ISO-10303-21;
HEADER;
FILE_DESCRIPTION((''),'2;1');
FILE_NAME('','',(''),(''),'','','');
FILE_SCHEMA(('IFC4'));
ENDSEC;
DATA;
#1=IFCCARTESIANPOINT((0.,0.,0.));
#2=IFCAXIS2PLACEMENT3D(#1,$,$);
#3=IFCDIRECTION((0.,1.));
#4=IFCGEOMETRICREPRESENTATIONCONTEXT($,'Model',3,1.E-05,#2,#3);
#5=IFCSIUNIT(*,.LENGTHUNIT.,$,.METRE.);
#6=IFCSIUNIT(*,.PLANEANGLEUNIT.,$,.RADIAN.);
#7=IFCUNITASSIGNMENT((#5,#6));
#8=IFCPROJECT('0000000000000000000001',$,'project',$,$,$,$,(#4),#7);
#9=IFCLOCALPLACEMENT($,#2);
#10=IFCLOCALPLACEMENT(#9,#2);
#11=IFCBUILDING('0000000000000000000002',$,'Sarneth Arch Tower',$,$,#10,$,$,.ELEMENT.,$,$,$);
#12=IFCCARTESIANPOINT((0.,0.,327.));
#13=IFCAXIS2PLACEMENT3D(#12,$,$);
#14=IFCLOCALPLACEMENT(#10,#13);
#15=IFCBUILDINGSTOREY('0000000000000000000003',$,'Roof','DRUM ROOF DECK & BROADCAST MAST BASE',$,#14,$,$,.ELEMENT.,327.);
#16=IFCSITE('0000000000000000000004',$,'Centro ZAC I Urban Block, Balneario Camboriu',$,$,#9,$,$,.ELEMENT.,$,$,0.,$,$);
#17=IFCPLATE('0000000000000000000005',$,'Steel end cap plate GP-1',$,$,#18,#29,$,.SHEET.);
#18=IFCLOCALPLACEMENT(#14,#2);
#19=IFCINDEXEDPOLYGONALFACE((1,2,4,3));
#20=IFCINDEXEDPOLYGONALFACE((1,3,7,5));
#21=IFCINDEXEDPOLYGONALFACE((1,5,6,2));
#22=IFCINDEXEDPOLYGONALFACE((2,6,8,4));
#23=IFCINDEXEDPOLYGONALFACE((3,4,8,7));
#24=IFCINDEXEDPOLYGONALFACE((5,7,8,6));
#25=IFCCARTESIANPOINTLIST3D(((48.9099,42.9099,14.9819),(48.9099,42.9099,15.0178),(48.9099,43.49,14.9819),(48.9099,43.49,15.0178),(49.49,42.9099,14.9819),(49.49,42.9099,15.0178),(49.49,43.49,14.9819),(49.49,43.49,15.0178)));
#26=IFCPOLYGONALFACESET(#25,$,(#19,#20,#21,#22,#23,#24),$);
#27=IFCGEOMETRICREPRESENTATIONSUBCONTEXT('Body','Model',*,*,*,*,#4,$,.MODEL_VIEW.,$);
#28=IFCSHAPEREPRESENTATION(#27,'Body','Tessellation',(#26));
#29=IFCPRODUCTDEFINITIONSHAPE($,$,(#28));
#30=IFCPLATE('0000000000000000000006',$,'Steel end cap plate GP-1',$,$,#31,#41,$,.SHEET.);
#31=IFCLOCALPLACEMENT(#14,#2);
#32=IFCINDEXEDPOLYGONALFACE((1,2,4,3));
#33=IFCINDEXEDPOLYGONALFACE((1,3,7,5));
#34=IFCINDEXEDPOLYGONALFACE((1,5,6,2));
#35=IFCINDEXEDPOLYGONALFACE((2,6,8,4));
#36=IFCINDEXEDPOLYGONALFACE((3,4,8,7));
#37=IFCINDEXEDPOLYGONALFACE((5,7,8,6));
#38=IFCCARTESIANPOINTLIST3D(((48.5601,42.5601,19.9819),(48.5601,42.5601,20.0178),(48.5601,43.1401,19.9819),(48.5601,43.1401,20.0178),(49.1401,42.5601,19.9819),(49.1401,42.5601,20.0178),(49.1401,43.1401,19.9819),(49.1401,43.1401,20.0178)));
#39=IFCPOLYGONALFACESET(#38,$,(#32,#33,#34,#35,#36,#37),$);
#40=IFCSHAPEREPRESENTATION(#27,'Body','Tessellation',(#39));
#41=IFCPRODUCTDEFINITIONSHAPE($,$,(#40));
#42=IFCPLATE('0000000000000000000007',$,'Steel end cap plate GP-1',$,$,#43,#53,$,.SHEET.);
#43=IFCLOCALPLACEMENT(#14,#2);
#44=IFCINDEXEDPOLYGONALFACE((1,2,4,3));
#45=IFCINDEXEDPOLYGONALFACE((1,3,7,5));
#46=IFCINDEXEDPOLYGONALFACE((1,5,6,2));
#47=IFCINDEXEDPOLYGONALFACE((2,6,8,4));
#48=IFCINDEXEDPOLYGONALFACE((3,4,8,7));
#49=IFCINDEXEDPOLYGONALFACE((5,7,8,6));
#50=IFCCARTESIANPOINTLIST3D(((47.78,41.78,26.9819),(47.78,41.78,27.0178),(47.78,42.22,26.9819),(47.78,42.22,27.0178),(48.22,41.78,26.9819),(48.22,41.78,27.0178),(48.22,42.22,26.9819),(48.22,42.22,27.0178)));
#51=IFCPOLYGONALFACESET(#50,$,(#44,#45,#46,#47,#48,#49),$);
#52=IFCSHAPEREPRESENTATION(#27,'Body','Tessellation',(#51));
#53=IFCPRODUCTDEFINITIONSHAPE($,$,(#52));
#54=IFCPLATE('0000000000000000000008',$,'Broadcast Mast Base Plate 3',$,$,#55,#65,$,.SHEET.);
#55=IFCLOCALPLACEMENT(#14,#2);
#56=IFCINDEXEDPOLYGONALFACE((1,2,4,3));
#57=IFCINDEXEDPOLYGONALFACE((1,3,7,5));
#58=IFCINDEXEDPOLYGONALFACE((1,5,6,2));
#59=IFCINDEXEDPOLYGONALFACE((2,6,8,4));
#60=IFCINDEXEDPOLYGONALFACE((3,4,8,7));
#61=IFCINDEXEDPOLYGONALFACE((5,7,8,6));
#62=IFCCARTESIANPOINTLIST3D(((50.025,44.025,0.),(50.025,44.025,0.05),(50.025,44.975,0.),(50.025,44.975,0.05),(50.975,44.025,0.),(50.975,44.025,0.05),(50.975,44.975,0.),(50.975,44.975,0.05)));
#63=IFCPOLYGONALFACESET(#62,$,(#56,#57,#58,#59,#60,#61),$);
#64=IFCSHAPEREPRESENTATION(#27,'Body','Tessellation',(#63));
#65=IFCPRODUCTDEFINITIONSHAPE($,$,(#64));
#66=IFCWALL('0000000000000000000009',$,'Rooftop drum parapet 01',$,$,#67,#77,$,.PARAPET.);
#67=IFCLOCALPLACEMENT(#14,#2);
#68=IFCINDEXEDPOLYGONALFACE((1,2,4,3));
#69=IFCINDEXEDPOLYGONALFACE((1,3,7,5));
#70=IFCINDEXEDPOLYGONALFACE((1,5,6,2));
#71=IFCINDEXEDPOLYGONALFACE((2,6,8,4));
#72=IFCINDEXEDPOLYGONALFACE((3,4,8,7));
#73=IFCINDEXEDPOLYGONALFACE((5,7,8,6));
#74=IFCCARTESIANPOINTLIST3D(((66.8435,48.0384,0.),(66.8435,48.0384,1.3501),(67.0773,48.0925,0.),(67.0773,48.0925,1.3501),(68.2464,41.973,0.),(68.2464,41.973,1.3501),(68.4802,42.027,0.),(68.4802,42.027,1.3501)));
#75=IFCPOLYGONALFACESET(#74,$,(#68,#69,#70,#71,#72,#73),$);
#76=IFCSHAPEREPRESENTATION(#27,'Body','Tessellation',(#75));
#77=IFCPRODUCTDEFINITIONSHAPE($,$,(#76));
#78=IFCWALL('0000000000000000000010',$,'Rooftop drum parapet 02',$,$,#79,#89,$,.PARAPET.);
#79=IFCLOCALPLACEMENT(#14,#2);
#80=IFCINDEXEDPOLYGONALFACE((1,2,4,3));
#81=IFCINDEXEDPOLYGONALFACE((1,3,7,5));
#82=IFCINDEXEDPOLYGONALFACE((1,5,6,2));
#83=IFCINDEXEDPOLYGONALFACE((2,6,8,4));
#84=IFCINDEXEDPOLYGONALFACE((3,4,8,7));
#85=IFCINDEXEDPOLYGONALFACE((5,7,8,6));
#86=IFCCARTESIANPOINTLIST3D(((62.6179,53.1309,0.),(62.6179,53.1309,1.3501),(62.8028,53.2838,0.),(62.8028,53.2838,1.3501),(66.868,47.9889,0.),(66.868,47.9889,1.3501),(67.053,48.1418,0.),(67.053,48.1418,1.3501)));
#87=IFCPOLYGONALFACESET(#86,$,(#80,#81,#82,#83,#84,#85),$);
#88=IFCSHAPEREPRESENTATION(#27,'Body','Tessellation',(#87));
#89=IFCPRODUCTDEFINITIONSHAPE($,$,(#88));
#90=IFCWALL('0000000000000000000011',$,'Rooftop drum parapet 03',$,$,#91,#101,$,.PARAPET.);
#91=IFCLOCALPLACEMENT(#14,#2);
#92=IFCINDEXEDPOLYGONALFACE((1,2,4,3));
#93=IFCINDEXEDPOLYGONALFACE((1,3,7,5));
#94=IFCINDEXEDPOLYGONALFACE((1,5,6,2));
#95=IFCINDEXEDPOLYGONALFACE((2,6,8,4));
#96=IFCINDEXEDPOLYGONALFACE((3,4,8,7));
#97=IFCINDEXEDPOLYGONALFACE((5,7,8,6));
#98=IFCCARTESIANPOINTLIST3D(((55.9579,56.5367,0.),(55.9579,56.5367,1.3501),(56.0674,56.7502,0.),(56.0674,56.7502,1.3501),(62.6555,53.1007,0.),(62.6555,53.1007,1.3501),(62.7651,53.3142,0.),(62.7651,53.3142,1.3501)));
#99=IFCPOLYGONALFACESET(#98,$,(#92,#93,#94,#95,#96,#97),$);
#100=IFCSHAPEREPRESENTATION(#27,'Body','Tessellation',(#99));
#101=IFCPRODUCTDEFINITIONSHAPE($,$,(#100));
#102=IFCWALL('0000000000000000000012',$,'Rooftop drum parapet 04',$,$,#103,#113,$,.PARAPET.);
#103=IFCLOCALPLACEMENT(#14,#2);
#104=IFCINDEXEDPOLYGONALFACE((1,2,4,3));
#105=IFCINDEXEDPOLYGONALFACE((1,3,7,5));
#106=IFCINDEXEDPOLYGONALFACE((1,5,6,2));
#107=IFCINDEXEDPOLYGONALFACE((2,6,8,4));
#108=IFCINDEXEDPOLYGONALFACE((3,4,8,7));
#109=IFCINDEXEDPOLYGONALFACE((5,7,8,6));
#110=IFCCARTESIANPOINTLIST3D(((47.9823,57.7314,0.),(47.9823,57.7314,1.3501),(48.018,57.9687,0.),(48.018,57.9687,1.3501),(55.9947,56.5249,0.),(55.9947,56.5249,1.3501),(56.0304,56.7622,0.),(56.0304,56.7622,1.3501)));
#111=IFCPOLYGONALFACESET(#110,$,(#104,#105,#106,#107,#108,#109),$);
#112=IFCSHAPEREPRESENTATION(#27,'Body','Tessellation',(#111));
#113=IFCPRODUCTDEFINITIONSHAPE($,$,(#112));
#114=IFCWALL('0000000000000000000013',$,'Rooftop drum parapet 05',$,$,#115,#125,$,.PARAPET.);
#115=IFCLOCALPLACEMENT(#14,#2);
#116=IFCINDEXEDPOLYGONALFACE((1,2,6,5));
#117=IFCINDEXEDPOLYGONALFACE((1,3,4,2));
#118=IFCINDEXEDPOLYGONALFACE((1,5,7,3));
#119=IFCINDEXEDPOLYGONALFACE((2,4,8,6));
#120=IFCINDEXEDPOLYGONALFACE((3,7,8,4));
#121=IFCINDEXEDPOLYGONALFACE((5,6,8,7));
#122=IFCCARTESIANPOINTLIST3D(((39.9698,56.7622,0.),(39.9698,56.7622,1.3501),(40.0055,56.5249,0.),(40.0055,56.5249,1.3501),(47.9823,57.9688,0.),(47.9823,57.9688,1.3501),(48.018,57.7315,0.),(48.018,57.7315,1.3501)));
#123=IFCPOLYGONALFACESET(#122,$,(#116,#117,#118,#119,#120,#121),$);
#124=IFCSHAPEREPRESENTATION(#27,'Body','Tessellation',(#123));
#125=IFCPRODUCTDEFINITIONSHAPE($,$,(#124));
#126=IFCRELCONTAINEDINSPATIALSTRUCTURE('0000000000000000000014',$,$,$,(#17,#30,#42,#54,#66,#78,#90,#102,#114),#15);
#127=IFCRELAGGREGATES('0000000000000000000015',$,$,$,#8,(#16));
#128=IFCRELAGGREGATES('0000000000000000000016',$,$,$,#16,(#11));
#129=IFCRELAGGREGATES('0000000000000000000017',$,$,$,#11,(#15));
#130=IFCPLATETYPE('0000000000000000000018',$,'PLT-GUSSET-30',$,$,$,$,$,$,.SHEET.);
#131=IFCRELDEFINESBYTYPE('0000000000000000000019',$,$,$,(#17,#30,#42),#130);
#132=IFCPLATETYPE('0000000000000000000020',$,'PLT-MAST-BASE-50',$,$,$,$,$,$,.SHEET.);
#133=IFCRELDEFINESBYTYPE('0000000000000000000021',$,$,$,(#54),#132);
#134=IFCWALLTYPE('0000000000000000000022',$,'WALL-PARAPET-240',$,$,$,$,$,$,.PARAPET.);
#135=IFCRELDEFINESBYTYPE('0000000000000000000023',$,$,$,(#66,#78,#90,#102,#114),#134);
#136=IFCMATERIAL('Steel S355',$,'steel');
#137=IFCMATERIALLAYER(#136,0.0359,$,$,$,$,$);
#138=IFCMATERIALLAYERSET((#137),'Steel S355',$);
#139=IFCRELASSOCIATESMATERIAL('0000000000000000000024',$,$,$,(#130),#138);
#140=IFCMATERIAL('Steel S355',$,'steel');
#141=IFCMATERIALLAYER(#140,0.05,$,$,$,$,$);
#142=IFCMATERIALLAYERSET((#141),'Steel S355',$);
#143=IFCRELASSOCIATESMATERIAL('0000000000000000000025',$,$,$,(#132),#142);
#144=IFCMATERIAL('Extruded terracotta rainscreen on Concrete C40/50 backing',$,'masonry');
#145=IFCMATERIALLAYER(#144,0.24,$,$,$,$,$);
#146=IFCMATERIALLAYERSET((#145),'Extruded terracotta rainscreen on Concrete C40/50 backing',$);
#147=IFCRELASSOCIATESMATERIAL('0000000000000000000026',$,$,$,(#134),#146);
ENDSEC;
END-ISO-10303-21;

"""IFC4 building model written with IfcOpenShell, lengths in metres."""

from ifc_helpers import new_model, si_unit, direction, frame, frame_2d, origin, origin_2d, place, context, subcontext, project, spatial, rectangle, extrude, material, layer, layer_set, type_object, element, save


model = new_model("IFC4")

# Units and contexts
model_context = context("Model", 3, precision=1e-05, world=origin(), true_north=direction((0.0, 1.0)))
body_context = subcontext(model_context, "Body", "Model", "MODEL_VIEW")
ifc_project = project(units=[si_unit("LENGTHUNIT", "METRE"), si_unit("PLANEANGLEUNIT", "RADIAN")], contexts=[model_context])

# Site, building, storey
site_placement = place(None, origin())
site = spatial("IfcSite", under=ifc_project, at=site_placement, Name="Centro ZAC I Urban Block, Balneario Camboriu", CompositionType="ELEMENT", RefElevation=0.0)
building_placement = place(site_placement, origin())
building = spatial("IfcBuilding", under=site, at=building_placement, Name="Sarneth Arch Tower", CompositionType="ELEMENT")
storey_placement = place(building_placement, frame((0.0, 0.0, 327.0)))
storey = spatial("IfcBuildingStorey", under=building, at=storey_placement, Name="Roof", Description="DRUM ROOF DECK & BROADCAST MAST BASE", CompositionType="ELEMENT", Elevation=327.0)

# Plates
ifc_material_1 = material(Name="Steel S355", Category="steel")
ifc_layer_1 = layer(ifc_material_1, 0.0359)
ifc_layer_set_1 = layer_set([ifc_layer_1], Name="Steel S355")
plate_type_1 = type_object("IfcPlateType", Name="PLT-GUSSET-30", PredefinedType="SHEET", material=ifc_layer_set_1)
for number, where, z_axis, x_axis, name in (
    (1, (49.2, 43.2, 14.9819), (0.0, 0.0, 1.0), (1.0, 0.0, 0.0), "Steel end cap plate GP-1"),
    (2, (48.8501, 42.8501, 19.9819), (0.0, 0.0, 1.0), (1.0, 0.0, 0.0), "Steel end cap plate GP-1"),
):
    element("IfcPlate", number, at=place(storey_placement, frame(where, z_axis=z_axis, x_axis=x_axis)), inside=storey, type_object=plate_type_1, Name=name, PredefinedType="SHEET", context=body_context, shape_type="SweptSolid", body=[
        extrude(rectangle(XDim=0.5801, YDim=0.5801, at=origin_2d()), origin(), (0.0, 0.0, 1.0), 0.0359),
    ])
plate_1_placement = place(storey_placement, frame((48.0, 42.0, 26.9819), z_axis=(0.0, 0.0, 1.0), x_axis=(1.0, 0.0, 0.0)))
element("IfcPlate", 3, at=plate_1_placement, inside=storey, type_object=plate_type_1, Name="Steel end cap plate GP-1", PredefinedType="SHEET", context=body_context, shape_type="SweptSolid", body=[
    extrude(rectangle(XDim=0.4399, YDim=0.4399, at=origin_2d()), origin(), (0.0, 0.0, 1.0), 0.0359),
])
ifc_material_2 = material(Name="Steel S355", Category="steel")
ifc_layer_2 = layer(ifc_material_2, 0.05)
ifc_layer_set_2 = layer_set([ifc_layer_2], Name="Steel S355")
plate_type_2 = type_object("IfcPlateType", Name="PLT-MAST-BASE-50", PredefinedType="SHEET", material=ifc_layer_set_2)
plate_2_placement = place(storey_placement, frame((50.5, 44.5, 0.0), z_axis=(0.0, 0.0, 1.0), x_axis=(1.0, 0.0, 0.0)))
element("IfcPlate", 4, at=plate_2_placement, inside=storey, type_object=plate_type_2, Name="Broadcast Mast Base Plate 3", PredefinedType="SHEET", context=body_context, shape_type="SweptSolid", body=[
    extrude(rectangle(XDim=0.95, YDim=0.95, at=origin_2d()), origin(), (0.0, 0.0, 1.0), 0.05),
])

# Walls
ifc_material_3 = material(Name="Extruded terracotta rainscreen on Concrete C40/50 backing", Category="masonry")
ifc_layer_3 = layer(ifc_material_3, 0.24)
ifc_layer_set_3 = layer_set([ifc_layer_3], Name="Extruded terracotta rainscreen on Concrete C40/50 backing")
wall_type = type_object("IfcWallType", Name="WALL-PARAPET-240", PredefinedType="PARAPET", material=ifc_layer_set_3)
wall_1_placement = place(storey_placement, frame((68.3633, 42.0, 0.0), z_axis=(0.0, 0.0, 1.0), x_axis=(-0.225335, 0.974281, 0.0)))
element("IfcWall", 5, at=wall_1_placement, inside=storey, type_object=wall_type, Name="Rooftop drum parapet 01", PredefinedType="PARAPET", context=body_context, shape_type="SweptSolid", body=[
    extrude(rectangle(XDim=6.2256, YDim=0.24, at=frame_2d((3.1128, 0.0))), origin(), (0.0, 0.0, 1.0), 1.3501),
])
wall_2_placement = place(storey_placement, frame((66.9604, 48.0654, 0.0), z_axis=(0.0, 0.0, 1.0), x_axis=(-0.637098, 0.770783, 0.0)))
element("IfcWall", 6, at=wall_2_placement, inside=storey, type_object=wall_type, Name="Rooftop drum parapet 02", PredefinedType="PARAPET", context=body_context, shape_type="SweptSolid", body=[
    extrude(rectangle(XDim=6.6711, YDim=0.24, at=frame_2d((3.3354, 0.0))), origin(), (0.0, 0.0, 1.0), 1.3501),
])
wall_3_placement = place(storey_placement, frame((62.7102, 53.2075, 0.0), z_axis=(0.0, 0.0, 1.0), x_axis=(-0.889748, 0.456452, 0.0)))
element("IfcWall", 7, at=wall_3_placement, inside=storey, type_object=wall_type, Name="Rooftop drum parapet 03", PredefinedType="PARAPET", context=body_context, shape_type="SweptSolid", body=[
    extrude(rectangle(XDim=7.5276, YDim=0.24, at=frame_2d((3.7637, 0.0))), origin(), (0.0, 0.0, 1.0), 1.3501),
])
for number, where, z_axis, x_axis, name in (
    (8, (56.0125, 56.6436, 0.0), (0.0, 0.0, 1.0), (-0.988852, 0.148905, 0.0), "Rooftop drum parapet 04"),
    (9, (48.0, 57.8501, 0.0), (0.0, 0.0, 1.0), (-0.988852, -0.148905, 0.0), "Rooftop drum parapet 05"),
):
    element("IfcWall", number, at=place(storey_placement, frame(where, z_axis=z_axis, x_axis=x_axis)), inside=storey, type_object=wall_type, Name=name, PredefinedType="PARAPET", context=body_context, shape_type="SweptSolid", body=[
        extrude(rectangle(XDim=8.1028, YDim=0.24, at=frame_2d((4.0513, 0.0))), origin(), (0.0, 0.0, 1.0), 1.3501),
    ])

save(model, "model.ifc")
